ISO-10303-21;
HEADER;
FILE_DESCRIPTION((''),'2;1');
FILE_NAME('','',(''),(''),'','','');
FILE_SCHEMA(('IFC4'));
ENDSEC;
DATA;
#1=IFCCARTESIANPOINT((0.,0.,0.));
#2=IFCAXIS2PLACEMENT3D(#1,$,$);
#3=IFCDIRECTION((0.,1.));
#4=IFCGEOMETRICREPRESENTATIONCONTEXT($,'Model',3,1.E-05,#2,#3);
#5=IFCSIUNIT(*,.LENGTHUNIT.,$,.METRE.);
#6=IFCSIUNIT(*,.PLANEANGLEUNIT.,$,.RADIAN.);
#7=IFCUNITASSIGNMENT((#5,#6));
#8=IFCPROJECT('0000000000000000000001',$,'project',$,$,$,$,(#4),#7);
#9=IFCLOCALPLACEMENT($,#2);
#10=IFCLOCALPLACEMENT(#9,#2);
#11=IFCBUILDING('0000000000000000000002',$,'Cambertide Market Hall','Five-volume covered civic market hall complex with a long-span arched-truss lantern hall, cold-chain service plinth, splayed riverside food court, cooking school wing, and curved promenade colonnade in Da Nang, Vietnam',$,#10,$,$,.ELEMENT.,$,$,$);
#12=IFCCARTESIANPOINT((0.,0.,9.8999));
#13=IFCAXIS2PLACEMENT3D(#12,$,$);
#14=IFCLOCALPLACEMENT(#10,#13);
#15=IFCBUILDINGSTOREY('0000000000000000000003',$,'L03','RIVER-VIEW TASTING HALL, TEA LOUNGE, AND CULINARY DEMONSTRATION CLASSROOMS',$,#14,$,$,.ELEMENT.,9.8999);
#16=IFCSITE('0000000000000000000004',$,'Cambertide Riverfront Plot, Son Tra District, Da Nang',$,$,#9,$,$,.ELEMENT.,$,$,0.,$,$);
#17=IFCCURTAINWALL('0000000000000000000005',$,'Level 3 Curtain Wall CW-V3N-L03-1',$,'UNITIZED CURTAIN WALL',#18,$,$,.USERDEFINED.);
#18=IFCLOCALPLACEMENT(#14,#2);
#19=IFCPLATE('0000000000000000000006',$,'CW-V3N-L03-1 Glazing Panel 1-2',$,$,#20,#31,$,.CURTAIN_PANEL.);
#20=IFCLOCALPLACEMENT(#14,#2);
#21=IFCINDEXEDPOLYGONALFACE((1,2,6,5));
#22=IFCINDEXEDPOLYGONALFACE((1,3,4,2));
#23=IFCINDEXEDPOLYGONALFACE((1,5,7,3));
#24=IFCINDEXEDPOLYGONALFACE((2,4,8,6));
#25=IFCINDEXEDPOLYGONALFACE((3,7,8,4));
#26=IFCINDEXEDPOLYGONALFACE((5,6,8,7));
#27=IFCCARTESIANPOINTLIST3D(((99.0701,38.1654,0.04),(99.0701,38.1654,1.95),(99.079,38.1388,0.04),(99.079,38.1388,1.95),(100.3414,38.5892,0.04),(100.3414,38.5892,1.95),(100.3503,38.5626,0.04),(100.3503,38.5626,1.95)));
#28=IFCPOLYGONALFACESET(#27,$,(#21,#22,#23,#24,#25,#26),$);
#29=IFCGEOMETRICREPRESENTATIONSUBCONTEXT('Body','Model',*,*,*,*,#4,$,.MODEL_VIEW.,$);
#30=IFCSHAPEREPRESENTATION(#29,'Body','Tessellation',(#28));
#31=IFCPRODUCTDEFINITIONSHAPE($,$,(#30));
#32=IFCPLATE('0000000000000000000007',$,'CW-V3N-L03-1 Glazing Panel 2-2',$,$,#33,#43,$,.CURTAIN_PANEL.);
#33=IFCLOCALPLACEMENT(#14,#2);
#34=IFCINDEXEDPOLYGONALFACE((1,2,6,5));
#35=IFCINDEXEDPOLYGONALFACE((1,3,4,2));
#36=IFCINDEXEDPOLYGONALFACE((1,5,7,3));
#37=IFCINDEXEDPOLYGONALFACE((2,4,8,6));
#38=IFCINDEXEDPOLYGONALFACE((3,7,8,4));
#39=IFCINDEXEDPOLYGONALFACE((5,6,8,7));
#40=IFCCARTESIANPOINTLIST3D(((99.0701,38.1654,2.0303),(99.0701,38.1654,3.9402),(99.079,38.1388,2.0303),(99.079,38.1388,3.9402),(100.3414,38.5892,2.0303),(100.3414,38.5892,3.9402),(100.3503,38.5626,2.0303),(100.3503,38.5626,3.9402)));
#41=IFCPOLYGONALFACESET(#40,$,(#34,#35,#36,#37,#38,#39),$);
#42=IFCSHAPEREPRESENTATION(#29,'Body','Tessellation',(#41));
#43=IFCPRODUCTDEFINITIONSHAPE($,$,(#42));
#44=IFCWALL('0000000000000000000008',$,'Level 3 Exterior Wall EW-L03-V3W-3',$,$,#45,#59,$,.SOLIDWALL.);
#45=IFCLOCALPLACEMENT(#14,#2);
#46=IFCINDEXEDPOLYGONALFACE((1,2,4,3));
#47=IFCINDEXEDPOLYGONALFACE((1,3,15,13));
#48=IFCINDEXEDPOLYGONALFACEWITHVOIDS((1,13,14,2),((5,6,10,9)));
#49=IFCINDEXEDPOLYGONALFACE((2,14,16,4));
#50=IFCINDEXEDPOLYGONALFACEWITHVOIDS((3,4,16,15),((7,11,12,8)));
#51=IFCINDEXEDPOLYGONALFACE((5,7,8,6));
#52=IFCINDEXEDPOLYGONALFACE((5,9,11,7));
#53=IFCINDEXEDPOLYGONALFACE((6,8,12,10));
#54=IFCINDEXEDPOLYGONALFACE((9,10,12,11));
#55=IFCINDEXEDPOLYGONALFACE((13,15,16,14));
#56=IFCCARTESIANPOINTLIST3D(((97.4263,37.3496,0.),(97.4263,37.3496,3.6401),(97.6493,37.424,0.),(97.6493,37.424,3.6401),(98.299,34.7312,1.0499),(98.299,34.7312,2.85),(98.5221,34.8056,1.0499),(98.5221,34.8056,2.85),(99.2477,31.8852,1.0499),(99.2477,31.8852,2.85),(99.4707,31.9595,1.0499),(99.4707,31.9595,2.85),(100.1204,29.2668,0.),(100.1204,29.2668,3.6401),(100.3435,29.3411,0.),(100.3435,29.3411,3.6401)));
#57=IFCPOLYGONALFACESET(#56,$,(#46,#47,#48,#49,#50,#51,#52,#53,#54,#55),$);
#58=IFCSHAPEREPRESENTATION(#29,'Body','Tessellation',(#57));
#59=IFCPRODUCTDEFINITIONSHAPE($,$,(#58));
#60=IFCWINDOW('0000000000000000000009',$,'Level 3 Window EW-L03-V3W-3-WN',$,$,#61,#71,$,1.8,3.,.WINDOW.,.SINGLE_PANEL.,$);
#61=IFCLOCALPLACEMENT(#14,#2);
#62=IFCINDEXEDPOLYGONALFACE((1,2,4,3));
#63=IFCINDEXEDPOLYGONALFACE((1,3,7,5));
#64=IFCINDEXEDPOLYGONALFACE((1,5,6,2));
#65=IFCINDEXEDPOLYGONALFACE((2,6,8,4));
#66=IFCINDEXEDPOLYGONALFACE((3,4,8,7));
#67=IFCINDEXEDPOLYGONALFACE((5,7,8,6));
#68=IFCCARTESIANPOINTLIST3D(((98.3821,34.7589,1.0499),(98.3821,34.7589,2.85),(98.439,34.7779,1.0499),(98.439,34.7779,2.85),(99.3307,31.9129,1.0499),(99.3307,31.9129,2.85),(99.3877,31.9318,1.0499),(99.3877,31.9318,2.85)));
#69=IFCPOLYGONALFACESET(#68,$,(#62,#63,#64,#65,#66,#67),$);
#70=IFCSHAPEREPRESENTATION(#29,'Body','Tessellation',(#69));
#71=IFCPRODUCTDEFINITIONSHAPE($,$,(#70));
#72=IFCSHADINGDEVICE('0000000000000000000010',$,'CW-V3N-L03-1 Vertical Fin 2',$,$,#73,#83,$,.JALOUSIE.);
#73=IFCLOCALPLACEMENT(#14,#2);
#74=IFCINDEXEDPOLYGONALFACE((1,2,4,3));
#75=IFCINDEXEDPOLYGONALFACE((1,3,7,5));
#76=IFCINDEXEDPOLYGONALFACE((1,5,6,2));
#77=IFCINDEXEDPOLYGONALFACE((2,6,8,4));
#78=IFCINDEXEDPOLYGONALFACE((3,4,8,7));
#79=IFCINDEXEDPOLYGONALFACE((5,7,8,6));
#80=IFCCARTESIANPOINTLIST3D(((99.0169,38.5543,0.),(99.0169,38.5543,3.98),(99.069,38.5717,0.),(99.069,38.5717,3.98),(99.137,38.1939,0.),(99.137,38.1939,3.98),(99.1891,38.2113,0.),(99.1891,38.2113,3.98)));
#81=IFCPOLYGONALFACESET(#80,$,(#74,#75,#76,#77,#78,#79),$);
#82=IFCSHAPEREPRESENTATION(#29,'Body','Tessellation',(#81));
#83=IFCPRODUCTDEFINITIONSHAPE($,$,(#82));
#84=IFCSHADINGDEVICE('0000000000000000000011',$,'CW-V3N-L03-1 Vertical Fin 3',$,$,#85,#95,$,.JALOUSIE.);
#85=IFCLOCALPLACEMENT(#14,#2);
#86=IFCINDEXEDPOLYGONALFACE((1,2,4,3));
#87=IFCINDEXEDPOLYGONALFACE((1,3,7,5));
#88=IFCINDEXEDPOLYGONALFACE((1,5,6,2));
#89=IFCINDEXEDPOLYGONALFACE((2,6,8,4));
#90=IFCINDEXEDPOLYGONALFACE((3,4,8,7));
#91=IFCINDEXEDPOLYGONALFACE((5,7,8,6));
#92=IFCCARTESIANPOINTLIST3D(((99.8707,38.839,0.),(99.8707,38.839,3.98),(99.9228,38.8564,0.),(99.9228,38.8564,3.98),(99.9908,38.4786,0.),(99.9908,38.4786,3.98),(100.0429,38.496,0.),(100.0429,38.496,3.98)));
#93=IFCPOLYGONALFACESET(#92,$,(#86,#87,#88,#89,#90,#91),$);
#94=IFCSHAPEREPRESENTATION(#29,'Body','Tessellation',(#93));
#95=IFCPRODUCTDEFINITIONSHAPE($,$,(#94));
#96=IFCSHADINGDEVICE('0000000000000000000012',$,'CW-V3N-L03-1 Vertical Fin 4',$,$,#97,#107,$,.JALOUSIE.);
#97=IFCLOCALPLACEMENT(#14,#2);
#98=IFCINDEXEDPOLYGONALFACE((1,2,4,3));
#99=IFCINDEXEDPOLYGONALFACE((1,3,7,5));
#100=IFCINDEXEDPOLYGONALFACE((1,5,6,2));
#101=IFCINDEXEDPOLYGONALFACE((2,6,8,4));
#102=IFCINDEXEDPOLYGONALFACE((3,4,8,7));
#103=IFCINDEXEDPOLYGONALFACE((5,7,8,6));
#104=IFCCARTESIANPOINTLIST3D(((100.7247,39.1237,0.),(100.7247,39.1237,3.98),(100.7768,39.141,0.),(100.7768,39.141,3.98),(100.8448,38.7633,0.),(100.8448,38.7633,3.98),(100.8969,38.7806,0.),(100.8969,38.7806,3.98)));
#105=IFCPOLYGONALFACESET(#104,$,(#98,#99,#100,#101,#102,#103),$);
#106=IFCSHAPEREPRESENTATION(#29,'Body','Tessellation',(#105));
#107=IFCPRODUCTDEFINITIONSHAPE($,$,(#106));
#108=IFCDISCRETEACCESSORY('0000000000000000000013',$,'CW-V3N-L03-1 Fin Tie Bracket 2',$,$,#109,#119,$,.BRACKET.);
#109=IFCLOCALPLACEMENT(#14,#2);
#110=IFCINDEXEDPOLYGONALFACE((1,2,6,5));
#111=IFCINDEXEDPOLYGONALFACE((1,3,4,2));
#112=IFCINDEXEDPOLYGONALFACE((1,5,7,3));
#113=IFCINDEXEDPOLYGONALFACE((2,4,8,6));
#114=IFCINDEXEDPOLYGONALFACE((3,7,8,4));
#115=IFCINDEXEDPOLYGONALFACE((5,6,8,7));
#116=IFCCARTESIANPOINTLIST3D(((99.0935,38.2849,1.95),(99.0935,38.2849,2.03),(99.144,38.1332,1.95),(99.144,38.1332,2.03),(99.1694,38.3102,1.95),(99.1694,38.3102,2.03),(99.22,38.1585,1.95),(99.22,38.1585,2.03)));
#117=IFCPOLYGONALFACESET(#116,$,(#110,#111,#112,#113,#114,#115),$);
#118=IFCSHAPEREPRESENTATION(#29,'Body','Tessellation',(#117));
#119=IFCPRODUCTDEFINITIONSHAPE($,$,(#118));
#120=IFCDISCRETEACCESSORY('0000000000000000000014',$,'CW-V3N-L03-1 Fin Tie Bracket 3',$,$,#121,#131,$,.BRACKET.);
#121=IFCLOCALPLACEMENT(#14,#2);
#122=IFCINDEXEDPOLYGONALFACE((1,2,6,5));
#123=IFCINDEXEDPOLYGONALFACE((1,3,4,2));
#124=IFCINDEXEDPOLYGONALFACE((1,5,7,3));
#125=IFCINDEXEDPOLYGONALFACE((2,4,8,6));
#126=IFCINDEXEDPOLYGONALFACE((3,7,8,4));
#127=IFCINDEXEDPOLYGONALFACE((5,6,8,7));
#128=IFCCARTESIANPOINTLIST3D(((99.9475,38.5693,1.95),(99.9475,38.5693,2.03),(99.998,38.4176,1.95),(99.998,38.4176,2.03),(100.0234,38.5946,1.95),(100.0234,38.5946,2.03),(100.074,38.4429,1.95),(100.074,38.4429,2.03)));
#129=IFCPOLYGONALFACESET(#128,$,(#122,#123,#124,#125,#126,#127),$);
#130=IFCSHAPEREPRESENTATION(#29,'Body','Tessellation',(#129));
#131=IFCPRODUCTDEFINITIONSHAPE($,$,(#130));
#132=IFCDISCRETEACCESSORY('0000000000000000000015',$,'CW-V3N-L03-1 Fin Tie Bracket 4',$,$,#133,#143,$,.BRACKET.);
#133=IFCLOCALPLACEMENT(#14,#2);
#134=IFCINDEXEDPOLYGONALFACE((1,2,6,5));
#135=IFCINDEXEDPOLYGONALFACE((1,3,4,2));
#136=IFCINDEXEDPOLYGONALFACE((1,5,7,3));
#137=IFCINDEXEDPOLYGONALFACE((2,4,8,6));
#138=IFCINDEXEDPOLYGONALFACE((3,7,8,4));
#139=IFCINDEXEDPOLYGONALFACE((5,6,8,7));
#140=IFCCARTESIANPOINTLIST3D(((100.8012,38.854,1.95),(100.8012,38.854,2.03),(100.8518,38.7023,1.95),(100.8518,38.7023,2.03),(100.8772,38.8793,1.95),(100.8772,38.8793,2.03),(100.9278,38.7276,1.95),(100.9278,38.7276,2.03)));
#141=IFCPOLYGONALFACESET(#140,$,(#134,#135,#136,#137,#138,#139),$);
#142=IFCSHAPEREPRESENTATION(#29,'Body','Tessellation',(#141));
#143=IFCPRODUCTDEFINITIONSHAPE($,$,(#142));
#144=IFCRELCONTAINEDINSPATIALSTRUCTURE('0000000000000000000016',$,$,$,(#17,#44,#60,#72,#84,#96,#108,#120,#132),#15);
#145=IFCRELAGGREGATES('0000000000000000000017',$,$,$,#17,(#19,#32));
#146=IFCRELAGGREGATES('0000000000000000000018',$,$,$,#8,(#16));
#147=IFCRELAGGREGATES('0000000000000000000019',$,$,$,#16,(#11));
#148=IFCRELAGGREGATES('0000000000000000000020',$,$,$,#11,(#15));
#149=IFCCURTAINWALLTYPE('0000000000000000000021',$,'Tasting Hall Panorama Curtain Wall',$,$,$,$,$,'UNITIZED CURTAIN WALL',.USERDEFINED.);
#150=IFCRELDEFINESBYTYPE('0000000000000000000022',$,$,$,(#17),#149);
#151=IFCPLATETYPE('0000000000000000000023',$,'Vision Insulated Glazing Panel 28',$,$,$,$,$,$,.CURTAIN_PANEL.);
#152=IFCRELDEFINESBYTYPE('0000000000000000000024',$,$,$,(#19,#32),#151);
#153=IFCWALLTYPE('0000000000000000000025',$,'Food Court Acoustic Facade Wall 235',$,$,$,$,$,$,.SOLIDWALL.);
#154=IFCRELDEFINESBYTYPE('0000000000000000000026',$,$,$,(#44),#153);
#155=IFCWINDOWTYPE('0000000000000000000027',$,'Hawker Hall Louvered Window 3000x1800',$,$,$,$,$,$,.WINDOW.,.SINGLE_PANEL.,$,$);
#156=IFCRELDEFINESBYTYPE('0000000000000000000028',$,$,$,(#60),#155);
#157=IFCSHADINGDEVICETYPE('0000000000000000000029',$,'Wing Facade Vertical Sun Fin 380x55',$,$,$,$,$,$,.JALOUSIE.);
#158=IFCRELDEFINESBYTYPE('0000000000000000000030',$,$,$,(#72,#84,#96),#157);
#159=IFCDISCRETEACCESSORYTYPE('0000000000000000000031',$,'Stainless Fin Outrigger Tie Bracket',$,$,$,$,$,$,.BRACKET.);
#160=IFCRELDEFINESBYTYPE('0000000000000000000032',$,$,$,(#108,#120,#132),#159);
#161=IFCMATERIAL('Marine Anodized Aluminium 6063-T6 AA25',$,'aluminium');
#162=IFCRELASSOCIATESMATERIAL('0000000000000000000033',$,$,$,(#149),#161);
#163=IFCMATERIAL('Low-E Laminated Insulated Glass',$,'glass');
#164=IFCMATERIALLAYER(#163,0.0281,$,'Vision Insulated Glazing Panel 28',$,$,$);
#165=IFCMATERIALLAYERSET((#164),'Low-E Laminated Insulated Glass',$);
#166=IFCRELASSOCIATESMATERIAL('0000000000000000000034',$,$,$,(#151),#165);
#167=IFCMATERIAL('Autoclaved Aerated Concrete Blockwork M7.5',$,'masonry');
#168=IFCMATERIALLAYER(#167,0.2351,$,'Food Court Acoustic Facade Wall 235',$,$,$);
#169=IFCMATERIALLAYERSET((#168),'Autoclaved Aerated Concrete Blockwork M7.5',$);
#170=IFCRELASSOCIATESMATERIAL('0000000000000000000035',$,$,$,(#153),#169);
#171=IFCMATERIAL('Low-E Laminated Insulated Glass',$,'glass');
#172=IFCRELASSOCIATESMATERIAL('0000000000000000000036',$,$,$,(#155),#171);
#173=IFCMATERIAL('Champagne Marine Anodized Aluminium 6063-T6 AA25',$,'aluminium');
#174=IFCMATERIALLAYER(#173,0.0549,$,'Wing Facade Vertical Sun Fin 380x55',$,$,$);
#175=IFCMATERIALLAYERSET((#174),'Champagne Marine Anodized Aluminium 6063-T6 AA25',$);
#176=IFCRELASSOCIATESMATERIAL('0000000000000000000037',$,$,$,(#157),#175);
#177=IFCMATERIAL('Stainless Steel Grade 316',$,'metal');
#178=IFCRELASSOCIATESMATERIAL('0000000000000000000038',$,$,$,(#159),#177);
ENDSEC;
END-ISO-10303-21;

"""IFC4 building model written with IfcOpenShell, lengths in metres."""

from ifc_helpers import new_model, si_unit, direction, frame, frame_2d, origin, origin_2d, place, context, subcontext, project, spatial, rectangle, extrude, material, layer, layer_set, type_object, element, fill, aggregate, save


model = new_model("IFC4")

# Units and contexts
model_context = context("Model", 3, precision=1e-05, world=origin(), true_north=direction((0.0, 1.0)))
body_context = subcontext(model_context, "Body", "Model", "MODEL_VIEW")
ifc_project = project(units=[si_unit("LENGTHUNIT", "METRE"), si_unit("PLANEANGLEUNIT", "RADIAN")], contexts=[model_context])

# Site, building, storey
site_placement = place(None, origin())
site = spatial("IfcSite", under=ifc_project, at=site_placement, Name="Cambertide Riverfront Plot, Son Tra District, Da Nang", CompositionType="ELEMENT", RefElevation=0.0)
building_placement = place(site_placement, origin())
building = spatial("IfcBuilding", under=site, at=building_placement, Name="Cambertide Market Hall", Description="Five-volume covered civic market hall complex with a long-span arched-truss lantern hall, cold-chain service plinth, splayed riverside food court, cooking school wing, and curved promenade colonnade in Da Nang, Vietnam", CompositionType="ELEMENT")
storey_placement = place(building_placement, frame((0.0, 0.0, 9.8999)))
storey = spatial("IfcBuildingStorey", under=building, at=storey_placement, Name="L03", Description="RIVER-VIEW TASTING HALL, TEA LOUNGE, AND CULINARY DEMONSTRATION CLASSROOMS", CompositionType="ELEMENT", Elevation=9.8999)

# Curtain wall
ifc_material_1 = material(Name="Marine Anodized Aluminium 6063-T6 AA25", Category="aluminium")
curtain_wall_type = type_object("IfcCurtainWallType", Name="Tasting Hall Panorama Curtain Wall", ElementType="UNITIZED CURTAIN WALL", PredefinedType="USERDEFINED", material=ifc_material_1)
curtain_wall_placement = place(storey_placement, origin())
curtain_wall = element("IfcCurtainWall", 1, at=curtain_wall_placement, inside=storey, type_object=curtain_wall_type, Name="Level 3 Curtain Wall CW-V3N-L03-1", ObjectType="UNITIZED CURTAIN WALL", PredefinedType="USERDEFINED")

# Plates
ifc_material_2 = material(Name="Low-E Laminated Insulated Glass", Category="glass")
ifc_layer_1 = layer(ifc_material_2, 0.0281, Name="Vision Insulated Glazing Panel 28")
ifc_layer_set_1 = layer_set([ifc_layer_1], Name="Low-E Laminated Insulated Glass")
plate_type = type_object("IfcPlateType", Name="Vision Insulated Glazing Panel 28", PredefinedType="CURTAIN_PANEL", material=ifc_layer_set_1)
plate_1_placement = place(storey_placement, frame((99.7102, 38.364, 0.04), z_axis=(0.0, 0.0, 1.0), x_axis=(0.948683, 0.316228, 0.0)))
plate_1 = element("IfcPlate", 2, at=plate_1_placement, type_object=plate_type, Name="CW-V3N-L03-1 Glazing Panel 1-2", PredefinedType="CURTAIN_PANEL", context=body_context, shape_type="SweptSolid", body=[
    extrude(rectangle(XDim=1.3401, YDim=0.0281, at=origin_2d()), origin(), (0.0, 0.0, 1.0), 1.9099),
])
plate_2_placement = place(storey_placement, frame((99.7102, 38.364, 2.0303), z_axis=(0.0, 0.0, 1.0), x_axis=(0.948683, 0.316228, 0.0)))
plate_2 = element("IfcPlate", 3, at=plate_2_placement, type_object=plate_type, Name="CW-V3N-L03-1 Glazing Panel 2-2", PredefinedType="CURTAIN_PANEL", context=body_context, shape_type="SweptSolid", body=[
    extrude(rectangle(XDim=1.3401, YDim=0.0281, at=origin_2d()), origin(), (0.0, 0.0, 1.0), 1.9099),
])
aggregate(curtain_wall, [plate_1, plate_2])

# Wall, opening, window
ifc_material_3 = material(Name="Autoclaved Aerated Concrete Blockwork M7.5", Category="masonry")
ifc_layer_2 = layer(ifc_material_3, 0.2351, Name="Food Court Acoustic Facade Wall 235")
ifc_layer_set_2 = layer_set([ifc_layer_2], Name="Autoclaved Aerated Concrete Blockwork M7.5")
wall_type = type_object("IfcWallType", Name="Food Court Acoustic Facade Wall 235", PredefinedType="SOLIDWALL", material=ifc_layer_set_2)
wall_placement = place(storey_placement, frame((100.2319, 29.304, 0.0), z_axis=(0.0, 0.0, 1.0), x_axis=(-0.316211, 0.948689, 0.0)))
wall = element("IfcWall", 4, at=wall_placement, inside=storey, type_object=wall_type, Name="Level 3 Exterior Wall EW-L03-V3W-3", PredefinedType="SOLIDWALL", context=body_context, shape_type="SweptSolid", body=[
    extrude(rectangle(XDim=8.52, YDim=0.2351, at=frame_2d((4.26, 0.0))), origin(), (0.0, 0.0, 1.0), 3.6401),
])
opening_placement = place(wall_placement, frame((2.76, 0.0, 1.05)))
opening = element("IfcOpeningElement", 5, at=opening_placement, cuts=wall, PredefinedType="OPENING", context=body_context, shape_type="SweptSolid", body=[
    extrude(rectangle(XDim=3.0, YDim=1.8, at=frame_2d((1.5, 0.8999))), frame((0.0, 0.1274, 0.0), z_axis=(0.0, -1.0, 0.0), x_axis=(1.0, 0.0, 0.0)), (0.0, 0.0, 1.0), 0.2551),
])
ifc_material_4 = material(Name="Low-E Laminated Insulated Glass", Category="glass")
window_type = type_object("IfcWindowType", Name="Hawker Hall Louvered Window 3000x1800", PartitioningType="SINGLE_PANEL", PredefinedType="WINDOW", material=ifc_material_4)
window_placement = place(opening_placement, origin())
window = element("IfcWindow", 6, at=window_placement, inside=storey, type_object=window_type, Name="Level 3 Window EW-L03-V3W-3-WN", OverallHeight=1.8, OverallWidth=3.0, PartitioningType="SINGLE_PANEL", PredefinedType="WINDOW", context=body_context, shape_type="SweptSolid", body=[
    extrude(rectangle(XDim=3.0, YDim=1.8, at=frame_2d((1.5, 0.8999))), frame((0.0, 0.03, 0.0), z_axis=(0.0, -1.0, 0.0), x_axis=(1.0, 0.0, 0.0)), (0.0, 0.0, 1.0), 0.0601),
])
fill(opening, window)

# Shading devices
ifc_material_5 = material(Name="Champagne Marine Anodized Aluminium 6063-T6 AA25", Category="aluminium")
ifc_layer_3 = layer(ifc_material_5, 0.0549, Name="Wing Facade Vertical Sun Fin 380x55")
ifc_layer_set_3 = layer_set([ifc_layer_3], Name="Champagne Marine Anodized Aluminium 6063-T6 AA25")
shading_device_type = type_object("IfcShadingDeviceType", Name="Wing Facade Vertical Sun Fin 380x55", PredefinedType="JALOUSIE", material=ifc_layer_set_3)
for number, where, z_axis, x_axis, name in (
    (7, (99.103, 38.3828, 0.0), (0.0, 0.0, 1.0), (0.948683, 0.316228, 0.0), "CW-V3N-L03-1 Vertical Fin 2"),
    (8, (99.9568, 38.6675, 0.0), (0.0, 0.0, 1.0), (0.948683, 0.316228, 0.0), "CW-V3N-L03-1 Vertical Fin 3"),
    (9, (100.8108, 38.9521, 0.0), (0.0, 0.0, 1.0), (0.948683, 0.316228, 0.0), "CW-V3N-L03-1 Vertical Fin 4"),
):
    element("IfcShadingDevice", number, at=place(storey_placement, frame(where, z_axis=z_axis, x_axis=x_axis)), inside=storey, type_object=shading_device_type, Name=name, PredefinedType="JALOUSIE", context=body_context, shape_type="SweptSolid", body=[
        extrude(rectangle(XDim=0.0549, YDim=0.3799, at=origin_2d()), origin(), (0.0, 0.0, 1.0), 3.98),
    ])

# Discrete accessories
ifc_material_6 = material(Name="Stainless Steel Grade 316", Category="metal")
discrete_accessory_type = type_object("IfcDiscreteAccessoryType", Name="Stainless Fin Outrigger Tie Bracket", PredefinedType="BRACKET", material=ifc_material_6)
for number, where, z_axis, x_axis, name in (
    (10, (99.1567, 38.2217, 1.95), (0.0, 0.0, 1.0), (0.948683, 0.316228, 0.0), "CW-V3N-L03-1 Fin Tie Bracket 2"),
    (11, (100.0107, 38.5061, 1.95), (0.0, 0.0, 1.0), (0.948683, 0.316228, 0.0), "CW-V3N-L03-1 Fin Tie Bracket 3"),
    (12, (100.8645, 38.7908, 1.95), (0.0, 0.0, 1.0), (0.948683, 0.316228, 0.0), "CW-V3N-L03-1 Fin Tie Bracket 4"),
):
    element("IfcDiscreteAccessory", number, at=place(storey_placement, frame(where, z_axis=z_axis, x_axis=x_axis)), inside=storey, type_object=discrete_accessory_type, Name=name, PredefinedType="BRACKET", context=body_context, shape_type="SweptSolid", body=[
        extrude(rectangle(XDim=0.0801, YDim=0.1599, at=origin_2d()), origin(), (0.0, 0.0, 1.0), 0.0801),
    ])

save(model, "model.ifc")
